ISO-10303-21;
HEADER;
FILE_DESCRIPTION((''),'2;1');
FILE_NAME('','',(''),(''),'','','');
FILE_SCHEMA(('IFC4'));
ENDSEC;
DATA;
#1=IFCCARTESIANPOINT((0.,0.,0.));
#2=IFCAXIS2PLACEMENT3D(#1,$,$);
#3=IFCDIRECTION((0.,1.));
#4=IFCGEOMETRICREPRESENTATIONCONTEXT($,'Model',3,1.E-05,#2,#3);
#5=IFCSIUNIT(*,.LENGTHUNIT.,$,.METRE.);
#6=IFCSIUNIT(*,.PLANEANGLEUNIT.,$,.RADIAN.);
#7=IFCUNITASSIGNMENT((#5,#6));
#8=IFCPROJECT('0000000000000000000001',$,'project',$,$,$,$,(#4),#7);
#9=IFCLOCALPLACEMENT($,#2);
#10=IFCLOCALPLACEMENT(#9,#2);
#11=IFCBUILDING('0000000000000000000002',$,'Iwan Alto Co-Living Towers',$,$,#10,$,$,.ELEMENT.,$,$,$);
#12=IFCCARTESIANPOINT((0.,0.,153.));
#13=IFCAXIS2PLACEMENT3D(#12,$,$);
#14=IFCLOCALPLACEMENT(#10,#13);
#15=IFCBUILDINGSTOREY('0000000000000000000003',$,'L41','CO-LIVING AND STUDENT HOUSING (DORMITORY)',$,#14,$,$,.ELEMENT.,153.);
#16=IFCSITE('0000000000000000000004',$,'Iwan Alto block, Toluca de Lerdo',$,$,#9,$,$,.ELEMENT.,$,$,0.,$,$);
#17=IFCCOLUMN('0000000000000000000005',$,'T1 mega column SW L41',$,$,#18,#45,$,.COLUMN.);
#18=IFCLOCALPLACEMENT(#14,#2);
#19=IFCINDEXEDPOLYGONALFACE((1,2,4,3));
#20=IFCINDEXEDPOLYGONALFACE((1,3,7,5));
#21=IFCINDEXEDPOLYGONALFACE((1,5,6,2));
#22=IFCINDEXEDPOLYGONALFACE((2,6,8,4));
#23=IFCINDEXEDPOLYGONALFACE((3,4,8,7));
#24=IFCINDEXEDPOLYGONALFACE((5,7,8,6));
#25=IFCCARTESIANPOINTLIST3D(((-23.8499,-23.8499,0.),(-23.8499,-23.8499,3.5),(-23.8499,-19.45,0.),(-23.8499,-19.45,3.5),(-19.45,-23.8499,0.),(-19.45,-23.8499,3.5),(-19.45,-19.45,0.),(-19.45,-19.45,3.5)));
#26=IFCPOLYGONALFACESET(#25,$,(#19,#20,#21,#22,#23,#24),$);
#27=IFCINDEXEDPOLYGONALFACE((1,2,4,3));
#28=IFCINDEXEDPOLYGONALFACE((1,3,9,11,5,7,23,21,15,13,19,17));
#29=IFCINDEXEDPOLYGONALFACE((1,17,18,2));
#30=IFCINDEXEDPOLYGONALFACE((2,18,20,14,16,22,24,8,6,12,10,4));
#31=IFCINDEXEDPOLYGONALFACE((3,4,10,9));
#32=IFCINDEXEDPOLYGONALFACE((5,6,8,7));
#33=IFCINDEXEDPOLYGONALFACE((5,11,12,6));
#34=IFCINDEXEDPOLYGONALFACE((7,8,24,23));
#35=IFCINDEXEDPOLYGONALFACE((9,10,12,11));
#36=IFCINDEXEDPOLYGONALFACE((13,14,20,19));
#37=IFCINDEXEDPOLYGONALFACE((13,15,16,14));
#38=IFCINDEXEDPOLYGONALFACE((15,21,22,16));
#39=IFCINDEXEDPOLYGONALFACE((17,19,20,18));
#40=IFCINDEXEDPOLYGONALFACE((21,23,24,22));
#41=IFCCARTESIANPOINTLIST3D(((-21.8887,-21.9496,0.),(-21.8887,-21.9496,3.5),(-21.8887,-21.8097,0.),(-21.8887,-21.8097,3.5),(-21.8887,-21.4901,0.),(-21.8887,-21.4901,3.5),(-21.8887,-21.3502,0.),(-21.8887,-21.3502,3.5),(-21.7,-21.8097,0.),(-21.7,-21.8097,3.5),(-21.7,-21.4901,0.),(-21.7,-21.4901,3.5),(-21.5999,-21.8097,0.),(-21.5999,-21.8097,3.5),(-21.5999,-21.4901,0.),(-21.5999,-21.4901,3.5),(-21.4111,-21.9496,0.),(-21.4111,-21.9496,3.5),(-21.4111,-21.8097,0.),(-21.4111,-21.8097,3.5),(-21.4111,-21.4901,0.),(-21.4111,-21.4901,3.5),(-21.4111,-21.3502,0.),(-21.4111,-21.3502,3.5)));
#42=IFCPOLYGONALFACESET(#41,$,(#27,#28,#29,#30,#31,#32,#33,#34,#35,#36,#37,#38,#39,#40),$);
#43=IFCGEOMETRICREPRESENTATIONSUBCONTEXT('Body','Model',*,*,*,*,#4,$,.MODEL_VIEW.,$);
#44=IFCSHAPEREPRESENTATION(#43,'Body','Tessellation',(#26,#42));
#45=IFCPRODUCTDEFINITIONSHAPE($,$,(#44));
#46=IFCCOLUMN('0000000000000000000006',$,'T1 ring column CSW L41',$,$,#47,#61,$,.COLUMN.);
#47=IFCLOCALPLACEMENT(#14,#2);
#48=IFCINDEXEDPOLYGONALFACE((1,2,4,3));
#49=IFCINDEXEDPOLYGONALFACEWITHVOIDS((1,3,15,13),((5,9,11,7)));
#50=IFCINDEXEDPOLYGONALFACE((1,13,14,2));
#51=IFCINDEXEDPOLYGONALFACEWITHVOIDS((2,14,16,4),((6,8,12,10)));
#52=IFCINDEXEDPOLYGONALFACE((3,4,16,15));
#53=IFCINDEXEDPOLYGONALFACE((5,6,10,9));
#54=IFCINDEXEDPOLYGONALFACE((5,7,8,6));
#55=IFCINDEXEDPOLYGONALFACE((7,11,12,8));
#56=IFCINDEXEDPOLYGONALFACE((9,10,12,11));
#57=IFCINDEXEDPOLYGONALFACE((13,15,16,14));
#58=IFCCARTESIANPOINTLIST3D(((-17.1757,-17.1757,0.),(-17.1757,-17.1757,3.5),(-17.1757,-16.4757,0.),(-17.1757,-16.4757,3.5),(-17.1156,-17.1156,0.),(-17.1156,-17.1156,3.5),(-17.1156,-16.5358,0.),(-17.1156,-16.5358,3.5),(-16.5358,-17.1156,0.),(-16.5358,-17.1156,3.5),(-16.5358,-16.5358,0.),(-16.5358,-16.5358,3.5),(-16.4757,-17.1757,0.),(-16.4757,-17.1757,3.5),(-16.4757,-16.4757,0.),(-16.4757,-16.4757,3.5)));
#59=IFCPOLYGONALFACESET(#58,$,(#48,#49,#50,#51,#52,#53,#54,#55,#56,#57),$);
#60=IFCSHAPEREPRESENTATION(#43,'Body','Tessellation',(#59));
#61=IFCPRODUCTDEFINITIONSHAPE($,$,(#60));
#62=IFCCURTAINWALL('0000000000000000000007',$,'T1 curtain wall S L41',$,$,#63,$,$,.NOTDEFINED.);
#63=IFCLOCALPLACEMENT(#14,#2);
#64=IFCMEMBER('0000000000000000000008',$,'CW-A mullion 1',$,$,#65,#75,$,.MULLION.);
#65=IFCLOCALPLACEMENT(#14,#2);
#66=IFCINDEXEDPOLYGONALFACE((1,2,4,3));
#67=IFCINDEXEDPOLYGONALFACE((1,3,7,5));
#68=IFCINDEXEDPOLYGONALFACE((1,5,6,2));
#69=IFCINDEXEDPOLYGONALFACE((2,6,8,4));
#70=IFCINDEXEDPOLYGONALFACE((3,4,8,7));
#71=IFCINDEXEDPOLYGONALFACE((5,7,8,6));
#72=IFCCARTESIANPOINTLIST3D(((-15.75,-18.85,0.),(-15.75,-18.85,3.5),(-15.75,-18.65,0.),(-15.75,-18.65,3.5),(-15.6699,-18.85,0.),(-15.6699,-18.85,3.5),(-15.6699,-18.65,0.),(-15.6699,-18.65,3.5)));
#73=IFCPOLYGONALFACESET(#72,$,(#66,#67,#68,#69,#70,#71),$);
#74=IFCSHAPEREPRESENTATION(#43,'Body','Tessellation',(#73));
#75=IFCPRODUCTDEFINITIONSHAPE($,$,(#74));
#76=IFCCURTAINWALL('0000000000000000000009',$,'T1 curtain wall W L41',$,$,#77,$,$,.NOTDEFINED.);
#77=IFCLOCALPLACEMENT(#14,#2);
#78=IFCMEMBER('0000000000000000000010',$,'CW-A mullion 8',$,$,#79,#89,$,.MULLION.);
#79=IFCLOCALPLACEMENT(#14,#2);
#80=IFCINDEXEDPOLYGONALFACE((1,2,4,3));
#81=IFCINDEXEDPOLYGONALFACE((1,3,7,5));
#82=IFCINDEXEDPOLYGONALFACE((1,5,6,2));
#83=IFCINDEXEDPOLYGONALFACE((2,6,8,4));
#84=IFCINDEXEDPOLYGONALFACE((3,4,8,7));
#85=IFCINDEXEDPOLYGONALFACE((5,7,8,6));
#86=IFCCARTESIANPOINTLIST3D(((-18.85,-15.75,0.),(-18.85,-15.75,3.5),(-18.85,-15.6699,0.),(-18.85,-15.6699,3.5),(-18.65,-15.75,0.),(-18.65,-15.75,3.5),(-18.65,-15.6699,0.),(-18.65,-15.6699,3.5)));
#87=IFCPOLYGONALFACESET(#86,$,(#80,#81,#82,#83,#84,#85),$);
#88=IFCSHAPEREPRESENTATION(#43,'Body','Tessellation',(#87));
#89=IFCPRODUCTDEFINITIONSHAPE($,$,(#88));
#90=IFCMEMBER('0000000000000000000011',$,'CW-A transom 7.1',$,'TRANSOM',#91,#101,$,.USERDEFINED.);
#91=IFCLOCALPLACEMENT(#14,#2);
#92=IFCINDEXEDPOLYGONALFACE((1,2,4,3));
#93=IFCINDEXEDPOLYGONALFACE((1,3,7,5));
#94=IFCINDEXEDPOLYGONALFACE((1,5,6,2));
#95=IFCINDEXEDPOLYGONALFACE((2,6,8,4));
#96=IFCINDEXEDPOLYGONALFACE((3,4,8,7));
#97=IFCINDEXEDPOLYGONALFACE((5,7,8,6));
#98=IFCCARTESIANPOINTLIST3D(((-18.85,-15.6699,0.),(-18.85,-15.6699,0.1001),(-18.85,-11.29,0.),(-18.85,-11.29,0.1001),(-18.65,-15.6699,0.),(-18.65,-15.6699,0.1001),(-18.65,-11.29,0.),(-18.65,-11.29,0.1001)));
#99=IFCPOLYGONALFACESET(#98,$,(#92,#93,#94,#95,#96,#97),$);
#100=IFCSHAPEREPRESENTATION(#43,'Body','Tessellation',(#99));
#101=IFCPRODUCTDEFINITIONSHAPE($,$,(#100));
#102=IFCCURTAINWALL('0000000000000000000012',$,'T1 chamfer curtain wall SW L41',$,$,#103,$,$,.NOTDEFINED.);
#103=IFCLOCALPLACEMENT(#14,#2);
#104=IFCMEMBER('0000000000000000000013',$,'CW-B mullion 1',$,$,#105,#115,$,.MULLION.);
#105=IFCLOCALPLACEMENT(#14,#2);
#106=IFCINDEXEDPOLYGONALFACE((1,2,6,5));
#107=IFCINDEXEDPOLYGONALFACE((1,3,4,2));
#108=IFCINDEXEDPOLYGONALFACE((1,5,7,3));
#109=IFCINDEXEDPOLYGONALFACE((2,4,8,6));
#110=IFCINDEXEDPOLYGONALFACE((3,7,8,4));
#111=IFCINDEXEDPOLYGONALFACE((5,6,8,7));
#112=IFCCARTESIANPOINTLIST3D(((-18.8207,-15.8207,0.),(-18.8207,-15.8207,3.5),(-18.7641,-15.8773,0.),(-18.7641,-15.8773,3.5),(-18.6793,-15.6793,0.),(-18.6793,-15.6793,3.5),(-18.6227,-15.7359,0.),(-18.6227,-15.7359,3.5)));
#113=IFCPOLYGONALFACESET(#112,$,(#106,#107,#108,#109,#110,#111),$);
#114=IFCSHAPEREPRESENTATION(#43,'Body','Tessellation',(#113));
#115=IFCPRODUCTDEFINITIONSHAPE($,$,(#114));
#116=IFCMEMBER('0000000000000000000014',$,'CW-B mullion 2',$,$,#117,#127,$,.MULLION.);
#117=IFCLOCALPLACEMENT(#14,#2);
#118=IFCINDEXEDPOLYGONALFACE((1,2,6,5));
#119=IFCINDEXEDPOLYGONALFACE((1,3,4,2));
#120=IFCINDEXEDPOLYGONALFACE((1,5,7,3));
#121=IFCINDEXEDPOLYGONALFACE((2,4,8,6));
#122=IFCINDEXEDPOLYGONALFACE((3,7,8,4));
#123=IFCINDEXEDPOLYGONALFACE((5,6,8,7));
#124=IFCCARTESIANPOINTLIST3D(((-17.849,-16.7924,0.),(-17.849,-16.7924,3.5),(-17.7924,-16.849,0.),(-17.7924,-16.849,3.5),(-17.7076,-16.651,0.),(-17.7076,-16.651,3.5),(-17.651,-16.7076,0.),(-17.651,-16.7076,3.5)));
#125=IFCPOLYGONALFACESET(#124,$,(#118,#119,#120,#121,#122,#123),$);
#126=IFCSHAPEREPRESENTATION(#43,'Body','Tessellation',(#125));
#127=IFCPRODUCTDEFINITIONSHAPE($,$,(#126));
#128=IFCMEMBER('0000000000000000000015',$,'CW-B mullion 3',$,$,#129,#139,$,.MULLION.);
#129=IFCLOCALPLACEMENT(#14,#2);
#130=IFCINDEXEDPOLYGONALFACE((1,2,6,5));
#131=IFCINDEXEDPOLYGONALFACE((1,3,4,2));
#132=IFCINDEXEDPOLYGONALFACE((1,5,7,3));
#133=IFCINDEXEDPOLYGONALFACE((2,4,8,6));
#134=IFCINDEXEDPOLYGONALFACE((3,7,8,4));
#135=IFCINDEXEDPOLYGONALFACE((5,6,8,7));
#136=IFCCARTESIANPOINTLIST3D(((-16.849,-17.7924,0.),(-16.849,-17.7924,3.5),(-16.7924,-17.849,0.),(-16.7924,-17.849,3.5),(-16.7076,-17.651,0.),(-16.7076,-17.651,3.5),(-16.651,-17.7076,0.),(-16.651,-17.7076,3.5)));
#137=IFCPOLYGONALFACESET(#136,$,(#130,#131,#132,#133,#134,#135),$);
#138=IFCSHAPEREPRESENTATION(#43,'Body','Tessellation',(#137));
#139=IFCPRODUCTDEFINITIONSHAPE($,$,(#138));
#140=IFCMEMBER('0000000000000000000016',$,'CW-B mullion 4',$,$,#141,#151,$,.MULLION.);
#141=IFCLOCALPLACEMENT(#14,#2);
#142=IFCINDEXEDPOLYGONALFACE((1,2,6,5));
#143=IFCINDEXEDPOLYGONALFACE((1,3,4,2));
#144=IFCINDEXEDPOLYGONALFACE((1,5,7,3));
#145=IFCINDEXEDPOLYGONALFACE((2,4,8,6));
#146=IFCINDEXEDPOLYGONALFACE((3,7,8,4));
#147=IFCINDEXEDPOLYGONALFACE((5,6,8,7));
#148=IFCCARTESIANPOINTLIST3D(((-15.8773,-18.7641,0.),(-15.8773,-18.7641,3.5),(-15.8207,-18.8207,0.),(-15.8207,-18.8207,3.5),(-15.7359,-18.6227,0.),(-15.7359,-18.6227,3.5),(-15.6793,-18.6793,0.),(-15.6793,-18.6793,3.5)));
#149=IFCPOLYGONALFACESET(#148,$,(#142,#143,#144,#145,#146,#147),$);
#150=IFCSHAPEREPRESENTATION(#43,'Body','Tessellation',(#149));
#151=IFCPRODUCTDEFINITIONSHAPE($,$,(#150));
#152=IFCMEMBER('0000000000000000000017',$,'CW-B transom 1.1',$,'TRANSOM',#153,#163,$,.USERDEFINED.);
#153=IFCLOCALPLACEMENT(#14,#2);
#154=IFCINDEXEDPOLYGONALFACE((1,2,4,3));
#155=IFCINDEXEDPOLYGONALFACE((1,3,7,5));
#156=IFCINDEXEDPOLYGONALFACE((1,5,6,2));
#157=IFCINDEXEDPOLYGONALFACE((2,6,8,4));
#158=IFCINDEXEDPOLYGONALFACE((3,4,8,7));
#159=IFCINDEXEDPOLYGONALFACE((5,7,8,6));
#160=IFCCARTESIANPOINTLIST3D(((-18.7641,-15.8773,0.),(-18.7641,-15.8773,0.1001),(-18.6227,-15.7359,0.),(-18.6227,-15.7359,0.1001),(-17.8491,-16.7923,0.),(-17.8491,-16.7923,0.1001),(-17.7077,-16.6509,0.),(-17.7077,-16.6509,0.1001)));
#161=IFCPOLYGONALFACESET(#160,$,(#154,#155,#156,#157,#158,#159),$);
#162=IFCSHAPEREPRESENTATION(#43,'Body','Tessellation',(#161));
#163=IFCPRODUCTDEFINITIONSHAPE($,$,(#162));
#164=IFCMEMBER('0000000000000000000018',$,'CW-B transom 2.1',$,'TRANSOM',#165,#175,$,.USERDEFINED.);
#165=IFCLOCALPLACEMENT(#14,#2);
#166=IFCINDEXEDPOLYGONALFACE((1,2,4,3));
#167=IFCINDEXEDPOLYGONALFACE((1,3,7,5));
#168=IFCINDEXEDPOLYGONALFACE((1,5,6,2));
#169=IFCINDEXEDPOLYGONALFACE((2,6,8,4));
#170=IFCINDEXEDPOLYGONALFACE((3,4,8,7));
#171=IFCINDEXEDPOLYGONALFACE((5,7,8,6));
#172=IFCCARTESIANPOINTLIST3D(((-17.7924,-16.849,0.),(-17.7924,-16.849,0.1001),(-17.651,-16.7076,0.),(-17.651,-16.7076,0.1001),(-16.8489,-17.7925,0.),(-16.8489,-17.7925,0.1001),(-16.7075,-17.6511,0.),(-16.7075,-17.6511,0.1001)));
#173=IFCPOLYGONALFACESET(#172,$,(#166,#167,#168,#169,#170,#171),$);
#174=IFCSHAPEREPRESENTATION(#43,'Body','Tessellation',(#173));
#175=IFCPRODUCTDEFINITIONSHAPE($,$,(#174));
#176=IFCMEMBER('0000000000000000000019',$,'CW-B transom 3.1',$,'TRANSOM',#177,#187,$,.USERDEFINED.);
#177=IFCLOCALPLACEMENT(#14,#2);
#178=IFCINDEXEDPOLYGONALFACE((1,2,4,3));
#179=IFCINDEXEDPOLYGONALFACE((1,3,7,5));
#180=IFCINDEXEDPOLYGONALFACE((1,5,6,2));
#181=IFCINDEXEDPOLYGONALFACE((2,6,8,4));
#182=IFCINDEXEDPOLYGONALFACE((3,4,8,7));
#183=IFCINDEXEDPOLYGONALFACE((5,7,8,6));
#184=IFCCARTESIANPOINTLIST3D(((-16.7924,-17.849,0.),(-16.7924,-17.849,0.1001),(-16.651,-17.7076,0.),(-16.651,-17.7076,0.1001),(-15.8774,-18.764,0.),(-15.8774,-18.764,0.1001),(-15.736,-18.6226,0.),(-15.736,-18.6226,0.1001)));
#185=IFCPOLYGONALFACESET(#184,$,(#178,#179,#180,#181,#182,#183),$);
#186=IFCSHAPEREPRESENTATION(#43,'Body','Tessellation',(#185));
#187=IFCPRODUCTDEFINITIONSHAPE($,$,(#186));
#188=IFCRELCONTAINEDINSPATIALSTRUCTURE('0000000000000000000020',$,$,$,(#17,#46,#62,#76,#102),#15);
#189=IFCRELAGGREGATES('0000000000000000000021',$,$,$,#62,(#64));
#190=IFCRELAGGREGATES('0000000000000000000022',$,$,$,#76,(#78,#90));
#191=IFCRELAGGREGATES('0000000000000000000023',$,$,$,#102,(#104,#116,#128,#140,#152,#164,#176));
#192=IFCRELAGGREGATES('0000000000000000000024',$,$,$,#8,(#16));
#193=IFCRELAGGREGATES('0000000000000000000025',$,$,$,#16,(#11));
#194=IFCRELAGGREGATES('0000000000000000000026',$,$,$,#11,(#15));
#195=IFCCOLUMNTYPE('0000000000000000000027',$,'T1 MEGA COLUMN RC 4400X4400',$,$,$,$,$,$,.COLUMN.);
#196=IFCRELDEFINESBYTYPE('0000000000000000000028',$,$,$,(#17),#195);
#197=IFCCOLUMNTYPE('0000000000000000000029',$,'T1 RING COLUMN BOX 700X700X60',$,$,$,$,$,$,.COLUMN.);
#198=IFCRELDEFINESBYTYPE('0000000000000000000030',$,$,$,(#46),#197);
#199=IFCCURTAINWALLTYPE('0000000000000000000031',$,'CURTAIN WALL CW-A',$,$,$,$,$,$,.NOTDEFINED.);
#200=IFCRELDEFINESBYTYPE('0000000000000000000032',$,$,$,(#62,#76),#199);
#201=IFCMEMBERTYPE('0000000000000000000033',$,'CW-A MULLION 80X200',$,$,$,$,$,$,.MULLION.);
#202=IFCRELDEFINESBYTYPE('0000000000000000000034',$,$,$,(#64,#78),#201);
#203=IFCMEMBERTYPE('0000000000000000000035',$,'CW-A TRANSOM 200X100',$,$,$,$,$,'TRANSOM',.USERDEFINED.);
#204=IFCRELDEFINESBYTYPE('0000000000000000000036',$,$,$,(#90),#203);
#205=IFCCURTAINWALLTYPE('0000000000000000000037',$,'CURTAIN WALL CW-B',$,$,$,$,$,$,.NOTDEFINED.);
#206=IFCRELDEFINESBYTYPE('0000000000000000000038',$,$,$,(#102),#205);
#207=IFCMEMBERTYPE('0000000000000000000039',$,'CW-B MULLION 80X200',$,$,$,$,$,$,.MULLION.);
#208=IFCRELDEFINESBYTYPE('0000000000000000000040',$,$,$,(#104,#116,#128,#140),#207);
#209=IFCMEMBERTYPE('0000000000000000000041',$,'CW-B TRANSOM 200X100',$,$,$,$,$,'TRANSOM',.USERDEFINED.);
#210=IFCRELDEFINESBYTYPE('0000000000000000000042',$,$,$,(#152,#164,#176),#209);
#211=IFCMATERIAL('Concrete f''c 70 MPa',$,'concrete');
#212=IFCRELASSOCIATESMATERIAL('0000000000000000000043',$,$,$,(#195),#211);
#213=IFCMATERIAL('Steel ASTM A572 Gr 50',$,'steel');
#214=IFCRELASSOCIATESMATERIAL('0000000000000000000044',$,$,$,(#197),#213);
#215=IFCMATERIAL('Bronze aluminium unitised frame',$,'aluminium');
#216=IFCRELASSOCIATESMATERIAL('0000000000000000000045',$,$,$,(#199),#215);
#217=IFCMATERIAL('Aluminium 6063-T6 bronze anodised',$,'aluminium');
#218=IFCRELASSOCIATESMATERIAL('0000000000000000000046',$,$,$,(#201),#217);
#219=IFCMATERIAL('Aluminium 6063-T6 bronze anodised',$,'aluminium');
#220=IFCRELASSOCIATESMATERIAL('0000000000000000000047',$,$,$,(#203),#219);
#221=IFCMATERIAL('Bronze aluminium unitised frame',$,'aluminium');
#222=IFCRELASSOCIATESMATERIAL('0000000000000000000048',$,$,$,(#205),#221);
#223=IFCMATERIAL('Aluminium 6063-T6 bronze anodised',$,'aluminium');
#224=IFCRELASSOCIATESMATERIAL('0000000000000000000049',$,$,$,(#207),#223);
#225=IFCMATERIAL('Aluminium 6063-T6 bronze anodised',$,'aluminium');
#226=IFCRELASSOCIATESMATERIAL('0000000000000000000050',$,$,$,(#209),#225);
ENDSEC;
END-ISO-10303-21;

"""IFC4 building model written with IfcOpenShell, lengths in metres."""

from ifc_helpers import new_model, si_unit, direction, frame, origin, origin_2d, place, context, subcontext, project, spatial, rectangle, hollow_rectangle, i_section, extrude, material, material_profile, profile_set, type_object, element, aggregate, save


model = new_model("IFC4")

# Units and contexts
model_context = context("Model", 3, precision=1e-05, world=origin(), true_north=direction((0.0, 1.0)))
body_context = subcontext(model_context, "Body", "Model", "MODEL_VIEW")
ifc_project = project(units=[si_unit("LENGTHUNIT", "METRE"), si_unit("PLANEANGLEUNIT", "RADIAN")], contexts=[model_context])

# Site, building, storey
site_placement = place(None, origin())
site = spatial("IfcSite", under=ifc_project, at=site_placement, Name="Iwan Alto block, Toluca de Lerdo", CompositionType="ELEMENT", RefElevation=0.0)
building_placement = place(site_placement, origin())
building = spatial("IfcBuilding", under=site, at=building_placement, Name="Iwan Alto Co-Living Towers", CompositionType="ELEMENT")
storey_placement = place(building_placement, frame((0.0, 0.0, 153.0)))
storey = spatial("IfcBuildingStorey", under=building, at=storey_placement, Name="L41", Description="CO-LIVING AND STUDENT HOUSING (DORMITORY)", CompositionType="ELEMENT", Elevation=153.0)

# Columns
ifc_material_1 = material(Name="Concrete f'c 70 MPa", Category="concrete")
ifc_material_profile_1 = material_profile(ifc_material_1, rectangle(XDim=4.3999, YDim=4.3999, at=origin_2d()), Name="RC 4400X4400")
ifc_profile_set_1 = profile_set([ifc_material_profile_1], Name="Concrete f'c 70 MPa")
column_type_1 = type_object("IfcColumnType", Name="T1 MEGA COLUMN RC 4400X4400", PredefinedType="COLUMN", material=ifc_profile_set_1)
column_1_placement = place(storey_placement, frame((-21.6499, -21.6499, 0.0), z_axis=(0.0, 0.0, 1.0), x_axis=(1.0, 0.0, 0.0)))
element("IfcColumn", 1, at=column_1_placement, inside=storey, type_object=column_type_1, Name="T1 mega column SW L41", PredefinedType="COLUMN", context=body_context, shape_type="SweptSolid", body=[
    extrude(rectangle(XDim=4.3999, YDim=4.3999, at=origin_2d()), origin(), (0.0, 0.0, 1.0), 3.5),
    extrude(i_section(OverallWidth=0.4775, OverallDepth=0.5994, WebThickness=0.1001, FlangeThickness=0.1399, at=origin_2d()), origin(), (0.0, 0.0, 1.0), 3.5),
])
ifc_material_2 = material(Name="Steel ASTM A572 Gr 50", Category="steel")
ifc_material_profile_2 = material_profile(ifc_material_2, hollow_rectangle(XDim=0.7, YDim=0.7, WallThickness=0.0601, at=origin_2d()), Name="BOX 700X700X60")
ifc_profile_set_2 = profile_set([ifc_material_profile_2], Name="Steel ASTM A572 Gr 50")
column_type_2 = type_object("IfcColumnType", Name="T1 RING COLUMN BOX 700X700X60", PredefinedType="COLUMN", material=ifc_profile_set_2)
column_2_placement = place(storey_placement, frame((-16.8257, -16.8257, 0.0), z_axis=(0.0, 0.0, 1.0), x_axis=(1.0, 0.0, 0.0)))
element("IfcColumn", 2, at=column_2_placement, inside=storey, type_object=column_type_2, Name="T1 ring column CSW L41", PredefinedType="COLUMN", context=body_context, shape_type="SweptSolid", body=[
    extrude(hollow_rectangle(XDim=0.7, YDim=0.7, WallThickness=0.0601, at=origin_2d()), origin(), (0.0, 0.0, 1.0), 3.5),
])

# Curtain wall, member
ifc_material_3 = material(Name="Bronze aluminium unitised frame", Category="aluminium")
curtain_wall_type_1 = type_object("IfcCurtainWallType", Name="CURTAIN WALL CW-A", PredefinedType="NOTDEFINED", material=ifc_material_3)
curtain_wall_1_placement = place(storey_placement, origin())
curtain_wall_1 = element("IfcCurtainWall", 3, at=curtain_wall_1_placement, inside=storey, type_object=curtain_wall_type_1, Name="T1 curtain wall S L41", PredefinedType="NOTDEFINED")
ifc_material_4 = material(Name="Aluminium 6063-T6 bronze anodised", Category="aluminium")
ifc_material_profile_3 = material_profile(ifc_material_4, rectangle(XDim=0.2, YDim=0.0801, at=origin_2d()), Name="AL 80X200")
ifc_profile_set_3 = profile_set([ifc_material_profile_3], Name="Aluminium 6063-T6 bronze anodised")
member_type_1 = type_object("IfcMemberType", Name="CW-A MULLION 80X200", PredefinedType="MULLION", material=ifc_profile_set_3)
member_1_placement = place(storey_placement, frame((-15.71, -18.75, 0.0), z_axis=(0.0, 0.0, 1.0), x_axis=(0.0, 1.0, 0.0)))
member_1 = element("IfcMember", 4, at=member_1_placement, type_object=member_type_1, Name="CW-A mullion 1", PredefinedType="MULLION", context=body_context, shape_type="SweptSolid", body=[
    extrude(rectangle(XDim=0.2, YDim=0.0801, at=origin_2d()), origin(), (0.0, 0.0, 1.0), 3.5),
])
aggregate(curtain_wall_1, [member_1])

# Curtain walls, members
curtain_wall_2_placement = place(storey_placement, origin())
curtain_wall_2 = element("IfcCurtainWall", 5, at=curtain_wall_2_placement, inside=storey, type_object=curtain_wall_type_1, Name="T1 curtain wall W L41", PredefinedType="NOTDEFINED")
member_2_placement = place(storey_placement, frame((-18.75, -15.71, 0.0), z_axis=(0.0, 0.0, 1.0), x_axis=(1.0, 0.0, 0.0)))
member_2 = element("IfcMember", 6, at=member_2_placement, type_object=member_type_1, Name="CW-A mullion 8", PredefinedType="MULLION", context=body_context, shape_type="SweptSolid", body=[
    extrude(rectangle(XDim=0.2, YDim=0.0801, at=origin_2d()), origin(), (0.0, 0.0, 1.0), 3.5),
])
ifc_material_5 = material(Name="Aluminium 6063-T6 bronze anodised", Category="aluminium")
ifc_material_profile_4 = material_profile(ifc_material_5, rectangle(XDim=0.2, YDim=0.1001, at=origin_2d()), Name="AL 200X100")
ifc_profile_set_4 = profile_set([ifc_material_profile_4], Name="Aluminium 6063-T6 bronze anodised")
member_type_2 = type_object("IfcMemberType", Name="CW-A TRANSOM 200X100", ElementType="TRANSOM", PredefinedType="USERDEFINED", material=ifc_profile_set_4)
member_3_placement = place(storey_placement, frame((-18.75, -11.29, 0.05), z_axis=(0.0, -1.0, 0.0), x_axis=(1.0, 0.0, 0.0)))
member_3 = element("IfcMember", 7, at=member_3_placement, type_object=member_type_2, Name="CW-A transom 7.1", ObjectType="TRANSOM", PredefinedType="USERDEFINED", context=body_context, shape_type="SweptSolid", body=[
    extrude(rectangle(XDim=0.2, YDim=0.1001, at=origin_2d()), origin(), (0.0, 0.0, 1.0), 4.3799),
])
ifc_material_6 = material(Name="Bronze aluminium unitised frame", Category="aluminium")
curtain_wall_type_2 = type_object("IfcCurtainWallType", Name="CURTAIN WALL CW-B", PredefinedType="NOTDEFINED", material=ifc_material_6)
curtain_wall_3_placement = place(storey_placement, origin())
curtain_wall_3 = element("IfcCurtainWall", 8, at=curtain_wall_3_placement, inside=storey, type_object=curtain_wall_type_2, Name="T1 chamfer curtain wall SW L41", PredefinedType="NOTDEFINED")
ifc_material_7 = material(Name="Aluminium 6063-T6 bronze anodised", Category="aluminium")
ifc_material_profile_5 = material_profile(ifc_material_7, rectangle(XDim=0.2, YDim=0.0801, at=origin_2d()), Name="AL 80X200")
ifc_profile_set_5 = profile_set([ifc_material_profile_5], Name="Aluminium 6063-T6 bronze anodised")
member_type_3 = type_object("IfcMemberType", Name="CW-B MULLION 80X200", PredefinedType="MULLION", material=ifc_profile_set_5)
member_4_placement = place(storey_placement, frame((-18.7217, -15.7783, 0.0), z_axis=(0.0, 0.0, 1.0), x_axis=(0.707107, 0.707107, 0.0)))
member_4 = element("IfcMember", 9, at=member_4_placement, type_object=member_type_3, Name="CW-B mullion 1", PredefinedType="MULLION", context=body_context, shape_type="SweptSolid", body=[
    extrude(rectangle(XDim=0.2, YDim=0.0801, at=origin_2d()), origin(), (0.0, 0.0, 1.0), 3.5),
])
member_5_placement = place(storey_placement, frame((-17.75, -16.75, 0.0), z_axis=(0.0, 0.0, 1.0), x_axis=(0.707107, 0.707107, 0.0)))
member_5 = element("IfcMember", 10, at=member_5_placement, type_object=member_type_3, Name="CW-B mullion 2", PredefinedType="MULLION", context=body_context, shape_type="SweptSolid", body=[
    extrude(rectangle(XDim=0.2, YDim=0.0801, at=origin_2d()), origin(), (0.0, 0.0, 1.0), 3.5),
])
member_6_placement = place(storey_placement, frame((-16.75, -17.75, 0.0), z_axis=(0.0, 0.0, 1.0), x_axis=(0.707107, 0.707107, 0.0)))
member_6 = element("IfcMember", 11, at=member_6_placement, type_object=member_type_3, Name="CW-B mullion 3", PredefinedType="MULLION", context=body_context, shape_type="SweptSolid", body=[
    extrude(rectangle(XDim=0.2, YDim=0.0801, at=origin_2d()), origin(), (0.0, 0.0, 1.0), 3.5),
])
member_7_placement = place(storey_placement, frame((-15.7783, -18.7217, 0.0), z_axis=(0.0, 0.0, 1.0), x_axis=(0.707107, 0.707107, 0.0)))
member_7 = element("IfcMember", 12, at=member_7_placement, type_object=member_type_3, Name="CW-B mullion 4", PredefinedType="MULLION", context=body_context, shape_type="SweptSolid", body=[
    extrude(rectangle(XDim=0.2, YDim=0.0801, at=origin_2d()), origin(), (0.0, 0.0, 1.0), 3.5),
])
ifc_material_8 = material(Name="Aluminium 6063-T6 bronze anodised", Category="aluminium")
ifc_material_profile_6 = material_profile(ifc_material_8, rectangle(XDim=0.2, YDim=0.1001, at=origin_2d()), Name="AL 200X100")
ifc_profile_set_6 = profile_set([ifc_material_profile_6], Name="Aluminium 6063-T6 bronze anodised")
member_type_4 = type_object("IfcMemberType", Name="CW-B TRANSOM 200X100", ElementType="TRANSOM", PredefinedType="USERDEFINED", material=ifc_profile_set_6)
member_8_placement = place(storey_placement, frame((-18.6934, -15.8066, 0.05), z_axis=(0.707107, -0.707107, 0.0), x_axis=(0.707107, 0.707107, 0.0)))
member_8 = element("IfcMember", 13, at=member_8_placement, type_object=member_type_4, Name="CW-B transom 1.1", ObjectType="TRANSOM", PredefinedType="USERDEFINED", context=body_context, shape_type="SweptSolid", body=[
    extrude(rectangle(XDim=0.2, YDim=0.1001, at=origin_2d()), origin(), (0.0, 0.0, 1.0), 1.2939),
])
member_9_placement = place(storey_placement, frame((-17.7217, -16.7783, 0.05), z_axis=(0.707107, -0.707107, 0.0), x_axis=(0.707107, 0.707107, 0.0)))
member_9 = element("IfcMember", 14, at=member_9_placement, type_object=member_type_4, Name="CW-B transom 2.1", ObjectType="TRANSOM", PredefinedType="USERDEFINED", context=body_context, shape_type="SweptSolid", body=[
    extrude(rectangle(XDim=0.2, YDim=0.1001, at=origin_2d()), origin(), (0.0, 0.0, 1.0), 1.3342),
])
member_10_placement = place(storey_placement, frame((-16.7217, -17.7783, 0.05), z_axis=(0.707107, -0.707107, 0.0), x_axis=(0.707107, 0.707107, 0.0)))
member_10 = element("IfcMember", 15, at=member_10_placement, type_object=member_type_4, Name="CW-B transom 3.1", ObjectType="TRANSOM", PredefinedType="USERDEFINED", context=body_context, shape_type="SweptSolid", body=[
    extrude(rectangle(XDim=0.2, YDim=0.1001, at=origin_2d()), origin(), (0.0, 0.0, 1.0), 1.2939),
])

aggregate(curtain_wall_2, [member_2, member_3])
aggregate(curtain_wall_3, [member_4, member_5, member_6, member_7, member_8, member_9, member_10])

save(model, "model.ifc")
